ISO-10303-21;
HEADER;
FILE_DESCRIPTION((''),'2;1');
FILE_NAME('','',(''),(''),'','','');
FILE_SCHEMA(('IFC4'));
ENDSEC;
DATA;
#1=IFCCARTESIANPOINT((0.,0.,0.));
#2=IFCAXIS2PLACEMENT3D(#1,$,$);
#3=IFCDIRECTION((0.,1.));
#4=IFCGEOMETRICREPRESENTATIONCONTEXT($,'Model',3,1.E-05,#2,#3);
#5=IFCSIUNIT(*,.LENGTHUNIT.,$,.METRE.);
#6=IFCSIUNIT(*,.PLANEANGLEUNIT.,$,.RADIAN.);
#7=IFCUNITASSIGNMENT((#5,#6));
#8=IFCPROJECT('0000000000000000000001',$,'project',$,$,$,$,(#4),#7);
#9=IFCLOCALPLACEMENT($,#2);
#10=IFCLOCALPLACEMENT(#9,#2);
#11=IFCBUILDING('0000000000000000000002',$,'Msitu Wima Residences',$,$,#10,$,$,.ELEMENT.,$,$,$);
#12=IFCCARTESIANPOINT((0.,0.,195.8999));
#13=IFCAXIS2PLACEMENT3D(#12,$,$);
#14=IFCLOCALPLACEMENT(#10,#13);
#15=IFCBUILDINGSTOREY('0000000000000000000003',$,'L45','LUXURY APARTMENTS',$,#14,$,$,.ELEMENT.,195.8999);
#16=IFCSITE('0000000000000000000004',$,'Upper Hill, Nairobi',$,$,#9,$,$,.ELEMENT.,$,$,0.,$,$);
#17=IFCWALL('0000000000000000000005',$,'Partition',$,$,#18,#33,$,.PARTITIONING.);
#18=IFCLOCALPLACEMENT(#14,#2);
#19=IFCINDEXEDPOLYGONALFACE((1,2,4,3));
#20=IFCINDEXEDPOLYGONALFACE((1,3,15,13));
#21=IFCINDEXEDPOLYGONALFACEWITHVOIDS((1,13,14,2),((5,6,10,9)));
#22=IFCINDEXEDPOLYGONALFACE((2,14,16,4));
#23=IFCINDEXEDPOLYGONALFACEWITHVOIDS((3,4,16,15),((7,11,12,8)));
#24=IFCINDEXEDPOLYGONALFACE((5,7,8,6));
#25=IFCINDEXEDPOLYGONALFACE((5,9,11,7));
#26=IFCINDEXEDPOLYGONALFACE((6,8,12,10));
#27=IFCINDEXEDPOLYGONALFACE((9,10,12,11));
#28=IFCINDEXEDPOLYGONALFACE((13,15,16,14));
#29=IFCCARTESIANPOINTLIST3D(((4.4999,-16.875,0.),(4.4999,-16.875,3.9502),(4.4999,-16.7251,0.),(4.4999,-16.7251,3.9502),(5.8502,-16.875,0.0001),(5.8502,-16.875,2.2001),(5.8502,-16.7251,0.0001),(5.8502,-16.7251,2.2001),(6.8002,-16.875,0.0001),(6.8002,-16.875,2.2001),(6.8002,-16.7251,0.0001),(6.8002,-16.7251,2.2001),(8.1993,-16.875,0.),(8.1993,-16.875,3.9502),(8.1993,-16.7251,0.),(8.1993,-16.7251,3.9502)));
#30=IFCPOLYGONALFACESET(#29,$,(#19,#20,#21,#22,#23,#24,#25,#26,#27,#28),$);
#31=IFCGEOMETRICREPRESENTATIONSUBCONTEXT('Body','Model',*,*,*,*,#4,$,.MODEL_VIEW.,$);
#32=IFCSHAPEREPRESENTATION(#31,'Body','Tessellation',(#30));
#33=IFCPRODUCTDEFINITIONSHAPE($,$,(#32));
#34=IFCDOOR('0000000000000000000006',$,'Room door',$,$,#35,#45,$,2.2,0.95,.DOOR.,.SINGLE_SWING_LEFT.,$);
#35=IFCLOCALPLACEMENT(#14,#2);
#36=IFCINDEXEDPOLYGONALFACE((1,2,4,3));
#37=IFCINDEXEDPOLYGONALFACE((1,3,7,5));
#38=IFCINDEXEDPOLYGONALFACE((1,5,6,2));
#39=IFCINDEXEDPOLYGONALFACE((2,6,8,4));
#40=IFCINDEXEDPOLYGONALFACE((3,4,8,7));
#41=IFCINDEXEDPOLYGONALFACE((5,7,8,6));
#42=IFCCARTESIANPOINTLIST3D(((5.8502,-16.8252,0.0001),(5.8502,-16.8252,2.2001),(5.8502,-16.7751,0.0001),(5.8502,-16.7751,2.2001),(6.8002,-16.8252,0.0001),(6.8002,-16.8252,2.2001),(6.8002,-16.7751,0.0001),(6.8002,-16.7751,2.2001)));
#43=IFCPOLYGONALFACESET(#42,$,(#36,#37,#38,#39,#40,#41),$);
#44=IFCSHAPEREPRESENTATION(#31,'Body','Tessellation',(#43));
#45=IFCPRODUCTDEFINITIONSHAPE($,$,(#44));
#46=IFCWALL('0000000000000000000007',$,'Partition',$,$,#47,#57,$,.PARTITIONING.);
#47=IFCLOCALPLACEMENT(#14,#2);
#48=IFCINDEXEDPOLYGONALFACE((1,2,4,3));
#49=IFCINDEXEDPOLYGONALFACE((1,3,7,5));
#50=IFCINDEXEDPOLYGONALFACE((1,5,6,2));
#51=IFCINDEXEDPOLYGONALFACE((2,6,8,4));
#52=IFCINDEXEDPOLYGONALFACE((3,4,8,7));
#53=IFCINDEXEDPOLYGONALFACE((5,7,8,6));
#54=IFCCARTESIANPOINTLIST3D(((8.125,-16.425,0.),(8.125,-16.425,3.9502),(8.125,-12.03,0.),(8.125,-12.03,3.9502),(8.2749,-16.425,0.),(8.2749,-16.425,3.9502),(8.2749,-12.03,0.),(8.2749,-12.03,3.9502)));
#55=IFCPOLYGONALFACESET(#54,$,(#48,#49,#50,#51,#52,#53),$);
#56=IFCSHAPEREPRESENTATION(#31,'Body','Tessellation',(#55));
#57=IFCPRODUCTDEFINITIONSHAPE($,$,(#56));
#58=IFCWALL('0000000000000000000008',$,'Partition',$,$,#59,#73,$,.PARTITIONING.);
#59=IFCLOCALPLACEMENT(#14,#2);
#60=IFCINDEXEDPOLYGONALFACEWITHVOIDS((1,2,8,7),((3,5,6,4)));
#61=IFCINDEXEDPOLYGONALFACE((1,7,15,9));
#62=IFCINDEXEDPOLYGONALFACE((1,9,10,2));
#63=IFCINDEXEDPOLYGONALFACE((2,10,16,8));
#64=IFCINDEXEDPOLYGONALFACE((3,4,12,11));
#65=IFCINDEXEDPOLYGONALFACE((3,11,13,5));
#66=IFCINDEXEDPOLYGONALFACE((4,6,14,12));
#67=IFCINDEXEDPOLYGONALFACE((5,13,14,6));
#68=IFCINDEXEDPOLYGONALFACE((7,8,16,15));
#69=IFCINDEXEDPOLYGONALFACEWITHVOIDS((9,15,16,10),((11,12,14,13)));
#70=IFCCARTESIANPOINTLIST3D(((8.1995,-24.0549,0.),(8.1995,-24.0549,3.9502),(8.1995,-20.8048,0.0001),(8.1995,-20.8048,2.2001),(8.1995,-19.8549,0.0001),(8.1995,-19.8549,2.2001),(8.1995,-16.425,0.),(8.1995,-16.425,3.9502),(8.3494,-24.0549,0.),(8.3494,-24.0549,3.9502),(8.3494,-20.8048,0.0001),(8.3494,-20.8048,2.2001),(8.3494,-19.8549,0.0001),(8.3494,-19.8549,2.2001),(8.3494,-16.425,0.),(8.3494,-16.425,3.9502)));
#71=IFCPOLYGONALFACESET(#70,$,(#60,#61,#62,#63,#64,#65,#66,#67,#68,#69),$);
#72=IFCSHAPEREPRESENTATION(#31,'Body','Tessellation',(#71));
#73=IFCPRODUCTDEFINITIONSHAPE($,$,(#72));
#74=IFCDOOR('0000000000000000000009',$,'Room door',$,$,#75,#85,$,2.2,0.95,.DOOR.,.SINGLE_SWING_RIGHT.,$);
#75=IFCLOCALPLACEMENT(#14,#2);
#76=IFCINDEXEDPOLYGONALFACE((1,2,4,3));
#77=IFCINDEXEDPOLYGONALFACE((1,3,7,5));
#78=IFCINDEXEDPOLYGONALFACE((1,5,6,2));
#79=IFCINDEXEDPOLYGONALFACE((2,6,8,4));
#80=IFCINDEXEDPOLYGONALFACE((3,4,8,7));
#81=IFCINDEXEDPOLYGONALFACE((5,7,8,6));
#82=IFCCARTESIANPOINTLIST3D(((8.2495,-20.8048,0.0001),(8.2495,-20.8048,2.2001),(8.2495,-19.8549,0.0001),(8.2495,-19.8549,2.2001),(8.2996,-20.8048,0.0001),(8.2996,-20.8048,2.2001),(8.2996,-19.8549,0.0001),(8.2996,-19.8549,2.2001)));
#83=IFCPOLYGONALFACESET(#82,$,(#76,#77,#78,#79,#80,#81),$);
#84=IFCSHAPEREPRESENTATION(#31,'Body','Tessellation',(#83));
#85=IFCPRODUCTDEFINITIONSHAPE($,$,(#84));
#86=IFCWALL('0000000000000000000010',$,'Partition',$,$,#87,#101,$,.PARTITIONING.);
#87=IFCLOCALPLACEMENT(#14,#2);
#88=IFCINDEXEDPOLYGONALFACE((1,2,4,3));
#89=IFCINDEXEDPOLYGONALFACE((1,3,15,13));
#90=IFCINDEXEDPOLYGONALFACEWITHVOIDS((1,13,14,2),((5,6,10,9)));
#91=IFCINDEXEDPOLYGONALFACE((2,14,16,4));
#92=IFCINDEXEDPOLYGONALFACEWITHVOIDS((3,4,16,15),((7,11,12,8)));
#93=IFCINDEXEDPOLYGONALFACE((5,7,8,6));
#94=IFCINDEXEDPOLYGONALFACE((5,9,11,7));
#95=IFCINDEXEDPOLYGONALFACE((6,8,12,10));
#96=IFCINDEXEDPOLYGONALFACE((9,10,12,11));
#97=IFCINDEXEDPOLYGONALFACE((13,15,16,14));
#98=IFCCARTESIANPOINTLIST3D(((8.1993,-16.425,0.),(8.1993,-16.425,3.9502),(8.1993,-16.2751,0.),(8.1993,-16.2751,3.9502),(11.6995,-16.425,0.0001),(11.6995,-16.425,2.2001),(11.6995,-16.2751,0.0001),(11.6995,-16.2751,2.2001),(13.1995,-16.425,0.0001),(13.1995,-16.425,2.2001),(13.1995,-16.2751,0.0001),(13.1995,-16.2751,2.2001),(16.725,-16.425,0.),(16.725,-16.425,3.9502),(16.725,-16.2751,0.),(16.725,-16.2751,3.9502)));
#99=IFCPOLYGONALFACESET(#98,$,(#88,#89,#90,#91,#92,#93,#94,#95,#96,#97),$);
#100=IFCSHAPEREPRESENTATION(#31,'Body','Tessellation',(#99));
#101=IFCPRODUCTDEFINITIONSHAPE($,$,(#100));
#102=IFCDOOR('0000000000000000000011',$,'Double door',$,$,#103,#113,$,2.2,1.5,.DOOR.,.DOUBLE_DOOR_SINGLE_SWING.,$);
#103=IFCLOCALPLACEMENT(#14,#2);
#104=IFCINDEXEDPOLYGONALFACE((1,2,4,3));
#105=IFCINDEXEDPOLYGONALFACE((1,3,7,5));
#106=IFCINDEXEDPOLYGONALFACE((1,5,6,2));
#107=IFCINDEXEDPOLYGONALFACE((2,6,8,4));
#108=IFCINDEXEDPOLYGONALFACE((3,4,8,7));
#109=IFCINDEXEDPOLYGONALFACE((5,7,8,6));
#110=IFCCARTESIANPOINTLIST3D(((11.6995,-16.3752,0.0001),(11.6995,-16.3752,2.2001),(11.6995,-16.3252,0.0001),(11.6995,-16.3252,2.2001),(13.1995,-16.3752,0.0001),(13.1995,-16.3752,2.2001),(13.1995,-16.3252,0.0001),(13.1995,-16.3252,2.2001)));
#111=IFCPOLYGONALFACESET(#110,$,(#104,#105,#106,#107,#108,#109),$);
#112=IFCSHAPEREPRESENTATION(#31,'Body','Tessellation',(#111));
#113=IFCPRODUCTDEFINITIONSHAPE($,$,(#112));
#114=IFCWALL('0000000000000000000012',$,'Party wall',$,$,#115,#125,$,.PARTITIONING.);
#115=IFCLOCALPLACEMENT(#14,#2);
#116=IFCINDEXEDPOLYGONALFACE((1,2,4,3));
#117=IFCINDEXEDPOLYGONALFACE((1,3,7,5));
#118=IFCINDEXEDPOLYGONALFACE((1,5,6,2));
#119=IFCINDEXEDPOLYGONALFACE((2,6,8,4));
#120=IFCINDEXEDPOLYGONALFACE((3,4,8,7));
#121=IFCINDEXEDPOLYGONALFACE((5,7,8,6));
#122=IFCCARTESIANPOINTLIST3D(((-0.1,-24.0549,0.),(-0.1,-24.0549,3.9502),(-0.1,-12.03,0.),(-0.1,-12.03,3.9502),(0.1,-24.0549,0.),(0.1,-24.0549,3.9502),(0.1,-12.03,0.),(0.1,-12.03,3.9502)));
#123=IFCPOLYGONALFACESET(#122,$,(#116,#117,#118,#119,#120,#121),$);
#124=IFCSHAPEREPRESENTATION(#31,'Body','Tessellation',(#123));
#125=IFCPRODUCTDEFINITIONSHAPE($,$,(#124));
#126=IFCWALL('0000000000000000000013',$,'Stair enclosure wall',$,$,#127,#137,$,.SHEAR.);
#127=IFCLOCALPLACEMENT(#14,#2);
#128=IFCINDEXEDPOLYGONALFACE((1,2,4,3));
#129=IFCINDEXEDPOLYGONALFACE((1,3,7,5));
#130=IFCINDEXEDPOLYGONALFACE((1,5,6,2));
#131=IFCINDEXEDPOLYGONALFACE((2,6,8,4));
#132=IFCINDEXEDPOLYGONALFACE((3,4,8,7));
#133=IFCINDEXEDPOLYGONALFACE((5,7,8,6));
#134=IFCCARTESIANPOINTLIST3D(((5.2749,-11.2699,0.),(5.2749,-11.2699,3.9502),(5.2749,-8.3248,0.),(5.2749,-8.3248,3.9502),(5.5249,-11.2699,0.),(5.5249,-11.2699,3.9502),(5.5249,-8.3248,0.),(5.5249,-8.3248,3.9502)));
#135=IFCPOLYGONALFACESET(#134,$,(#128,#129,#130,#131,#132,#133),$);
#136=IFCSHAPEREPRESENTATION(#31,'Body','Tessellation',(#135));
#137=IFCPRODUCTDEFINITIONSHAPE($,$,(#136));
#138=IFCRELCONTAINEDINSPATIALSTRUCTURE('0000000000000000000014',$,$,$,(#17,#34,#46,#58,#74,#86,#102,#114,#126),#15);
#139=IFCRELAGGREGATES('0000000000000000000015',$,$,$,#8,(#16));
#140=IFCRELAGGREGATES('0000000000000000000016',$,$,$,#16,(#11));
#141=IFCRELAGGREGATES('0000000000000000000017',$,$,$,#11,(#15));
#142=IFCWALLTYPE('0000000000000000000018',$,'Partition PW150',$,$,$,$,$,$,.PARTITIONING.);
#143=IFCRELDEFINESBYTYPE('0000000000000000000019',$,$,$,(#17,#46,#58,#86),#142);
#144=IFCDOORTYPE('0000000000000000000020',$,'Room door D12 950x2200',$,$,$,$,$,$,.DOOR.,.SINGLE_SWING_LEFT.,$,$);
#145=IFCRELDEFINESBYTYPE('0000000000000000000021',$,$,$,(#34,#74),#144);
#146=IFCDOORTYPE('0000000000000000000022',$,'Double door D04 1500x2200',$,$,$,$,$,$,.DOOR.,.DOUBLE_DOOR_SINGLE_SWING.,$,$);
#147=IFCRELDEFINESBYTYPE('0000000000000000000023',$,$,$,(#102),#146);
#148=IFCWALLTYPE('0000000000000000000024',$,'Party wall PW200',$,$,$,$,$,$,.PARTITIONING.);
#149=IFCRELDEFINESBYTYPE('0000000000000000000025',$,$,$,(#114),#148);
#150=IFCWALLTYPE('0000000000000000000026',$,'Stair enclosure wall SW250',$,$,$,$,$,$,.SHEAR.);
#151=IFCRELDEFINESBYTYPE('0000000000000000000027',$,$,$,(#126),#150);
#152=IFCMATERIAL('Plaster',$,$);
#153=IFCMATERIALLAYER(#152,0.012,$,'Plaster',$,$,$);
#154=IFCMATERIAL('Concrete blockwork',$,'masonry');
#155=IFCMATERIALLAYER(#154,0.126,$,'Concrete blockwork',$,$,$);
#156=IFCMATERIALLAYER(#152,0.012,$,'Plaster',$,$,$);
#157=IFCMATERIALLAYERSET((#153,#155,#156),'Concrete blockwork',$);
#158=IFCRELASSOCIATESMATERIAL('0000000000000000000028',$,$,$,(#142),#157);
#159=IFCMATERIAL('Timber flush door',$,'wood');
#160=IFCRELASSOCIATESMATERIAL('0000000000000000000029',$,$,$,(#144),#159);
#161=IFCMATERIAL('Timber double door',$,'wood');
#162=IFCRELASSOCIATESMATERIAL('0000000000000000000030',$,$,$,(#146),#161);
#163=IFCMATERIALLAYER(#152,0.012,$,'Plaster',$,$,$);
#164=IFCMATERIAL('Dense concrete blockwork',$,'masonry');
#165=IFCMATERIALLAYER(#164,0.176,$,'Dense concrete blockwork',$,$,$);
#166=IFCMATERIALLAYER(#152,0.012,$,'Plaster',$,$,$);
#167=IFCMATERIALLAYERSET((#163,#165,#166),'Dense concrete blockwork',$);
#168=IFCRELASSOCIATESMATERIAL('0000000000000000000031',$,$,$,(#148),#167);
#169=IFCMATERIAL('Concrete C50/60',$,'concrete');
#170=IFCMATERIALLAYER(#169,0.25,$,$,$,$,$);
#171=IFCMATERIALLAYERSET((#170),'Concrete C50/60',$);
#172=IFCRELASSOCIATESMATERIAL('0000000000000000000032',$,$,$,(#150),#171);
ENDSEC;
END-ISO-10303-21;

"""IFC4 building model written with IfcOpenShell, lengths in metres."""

from ifc_helpers import new_model, si_unit, direction, frame, frame_2d, origin, place, context, subcontext, project, spatial, rectangle, extrude, material, layer, layer_set, type_object, element, fill, save


model = new_model("IFC4")

# Units and contexts
model_context = context("Model", 3, precision=1e-05, world=origin(), true_north=direction((0.0, 1.0)))
body_context = subcontext(model_context, "Body", "Model", "MODEL_VIEW")
ifc_project = project(units=[si_unit("LENGTHUNIT", "METRE"), si_unit("PLANEANGLEUNIT", "RADIAN")], contexts=[model_context])

# Site, building, storey
site_placement = place(None, origin())
site = spatial("IfcSite", under=ifc_project, at=site_placement, Name="Upper Hill, Nairobi", CompositionType="ELEMENT", RefElevation=0.0)
building_placement = place(site_placement, origin())
building = spatial("IfcBuilding", under=site, at=building_placement, Name="Msitu Wima Residences", CompositionType="ELEMENT")
storey_placement = place(building_placement, frame((0.0, 0.0, 195.8999)))
storey = spatial("IfcBuildingStorey", under=building, at=storey_placement, Name="L45", Description="LUXURY APARTMENTS", CompositionType="ELEMENT", Elevation=195.8999)

# Shared definitions
ifc_material_1 = material(Name="Concrete C50/60", Category="concrete")

# Shared definitions
ifc_material_2 = material(Name="Plaster")
ifc_layer_1 = layer(ifc_material_2, 0.012, Name="Plaster")
ifc_material_3 = material(Name="Concrete blockwork", Category="masonry")
ifc_layer_2 = layer(ifc_material_3, 0.126, Name="Concrete blockwork")
ifc_layer_3 = layer(ifc_material_2, 0.012, Name="Plaster")
ifc_layer_set_1 = layer_set([ifc_layer_1, ifc_layer_2, ifc_layer_3], Name="Concrete blockwork")
wall_type_1 = type_object("IfcWallType", Name="Partition PW150", PredefinedType="PARTITIONING", material=ifc_layer_set_1)

# Wall, opening, door
wall_1_placement = place(storey_placement, frame((4.5, -16.8, 0.0), z_axis=(0.0, 0.0, 1.0), x_axis=(1.0, 0.0, 0.0)))
wall_1 = element("IfcWall", 1, at=wall_1_placement, inside=storey, type_object=wall_type_1, Name="Partition", PredefinedType="PARTITIONING", context=body_context, shape_type="SweptSolid", body=[
    extrude(rectangle(XDim=3.6995, YDim=0.1499, at=frame_2d((1.8496, 0.0))), origin(), (0.0, 0.0, 1.0), 3.9502),
])
opening_1_placement = place(wall_1_placement, frame((1.3501, 0.0, 0.0)))
opening_1 = element("IfcOpeningElement", 2, at=opening_1_placement, cuts=wall_1, PredefinedType="OPENING", context=body_context, shape_type="SweptSolid", body=[
    extrude(rectangle(XDim=0.95, YDim=2.2, at=frame_2d((0.4751, 1.1001))), frame((0.0, 0.085, 0.0), z_axis=(0.0, -1.0, 0.0), x_axis=(1.0, 0.0, 0.0)), (0.0, 0.0, 1.0), 0.1699),
])
ifc_material_4 = material(Name="Timber flush door", Category="wood")
door_type_1 = type_object("IfcDoorType", Name="Room door D12 950x2200", OperationType="SINGLE_SWING_LEFT", PredefinedType="DOOR", material=ifc_material_4)
door_1_placement = place(opening_1_placement, origin())
door_1 = element("IfcDoor", 3, at=door_1_placement, inside=storey, type_object=door_type_1, Name="Room door", OperationType="SINGLE_SWING_LEFT", OverallHeight=2.2, OverallWidth=0.95, PredefinedType="DOOR", context=body_context, shape_type="SweptSolid", body=[
    extrude(rectangle(XDim=0.95, YDim=2.2, at=frame_2d((0.4751, 1.1001))), frame((0.0, 0.0249, 0.0), z_axis=(0.0, -1.0, 0.0), x_axis=(1.0, 0.0, 0.0)), (0.0, 0.0, 1.0), 0.05),
])
fill(opening_1, door_1)

# Wall
wall_2_placement = place(storey_placement, frame((8.2, -16.425, 0.0), z_axis=(0.0, 0.0, 1.0), x_axis=(0.0, 1.0, 0.0)))
element("IfcWall", 4, at=wall_2_placement, inside=storey, type_object=wall_type_1, Name="Partition", PredefinedType="PARTITIONING", context=body_context, shape_type="SweptSolid", body=[
    extrude(rectangle(XDim=4.395, YDim=0.1499, at=frame_2d((2.1975, 0.0))), origin(), (0.0, 0.0, 1.0), 3.9502),
])

# Walls, openings, doors
wall_3_placement = place(storey_placement, frame((8.2744, -24.0549, 0.0), z_axis=(0.0, 0.0, 1.0), x_axis=(0.0, 1.0, 0.0)))
wall_3 = element("IfcWall", 5, at=wall_3_placement, inside=storey, type_object=wall_type_1, Name="Partition", PredefinedType="PARTITIONING", context=body_context, shape_type="SweptSolid", body=[
    extrude(rectangle(XDim=7.6299, YDim=0.1499, at=frame_2d((3.8149, 0.0))), origin(), (0.0, 0.0, 1.0), 3.9502),
])
opening_2_placement = place(wall_3_placement, frame((3.25, 0.0, 0.0)))
opening_2 = element("IfcOpeningElement", 6, at=opening_2_placement, cuts=wall_3, PredefinedType="OPENING", context=body_context, shape_type="SweptSolid", body=[
    extrude(rectangle(XDim=0.95, YDim=2.2, at=frame_2d((0.4751, 1.1001))), frame((0.0, 0.085, 0.0), z_axis=(0.0, -1.0, 0.0), x_axis=(1.0, 0.0, 0.0)), (0.0, 0.0, 1.0), 0.1699),
])
door_2_placement = place(opening_2_placement, origin())
door_2 = element("IfcDoor", 7, at=door_2_placement, inside=storey, type_object=door_type_1, Name="Room door", OperationType="SINGLE_SWING_RIGHT", OverallHeight=2.2, OverallWidth=0.95, PredefinedType="DOOR", context=body_context, shape_type="SweptSolid", body=[
    extrude(rectangle(XDim=0.95, YDim=2.2, at=frame_2d((0.4751, 1.1001))), frame((0.0, 0.0249, 0.0), z_axis=(0.0, -1.0, 0.0), x_axis=(1.0, 0.0, 0.0)), (0.0, 0.0, 1.0), 0.05),
])
fill(opening_2, door_2)
wall_4_placement = place(storey_placement, frame((8.1995, -16.3501, 0.0), z_axis=(0.0, 0.0, 1.0), x_axis=(1.0, 0.0, 0.0)))
wall_4 = element("IfcWall", 8, at=wall_4_placement, inside=storey, type_object=wall_type_1, Name="Partition", PredefinedType="PARTITIONING", context=body_context, shape_type="SweptSolid", body=[
    extrude(rectangle(XDim=8.5256, YDim=0.1499, at=frame_2d((4.2627, 0.0))), origin(), (0.0, 0.0, 1.0), 3.9502),
])
opening_3_placement = place(wall_4_placement, frame((3.5, 0.0, 0.0)))
opening_3 = element("IfcOpeningElement", 9, at=opening_3_placement, cuts=wall_4, PredefinedType="OPENING", context=body_context, shape_type="SweptSolid", body=[
    extrude(rectangle(XDim=1.5, YDim=2.2, at=frame_2d((0.75, 1.1001))), frame((0.0, 0.085, 0.0), z_axis=(0.0, -1.0, 0.0), x_axis=(1.0, 0.0, 0.0)), (0.0, 0.0, 1.0), 0.1699),
])
ifc_material_5 = material(Name="Timber double door", Category="wood")
door_type_2 = type_object("IfcDoorType", Name="Double door D04 1500x2200", OperationType="DOUBLE_DOOR_SINGLE_SWING", PredefinedType="DOOR", material=ifc_material_5)
door_3_placement = place(opening_3_placement, origin())
door_3 = element("IfcDoor", 10, at=door_3_placement, inside=storey, type_object=door_type_2, Name="Double door", OperationType="DOUBLE_DOOR_SINGLE_SWING", OverallHeight=2.2, OverallWidth=1.5, PredefinedType="DOOR", context=body_context, shape_type="SweptSolid", body=[
    extrude(rectangle(XDim=1.5, YDim=2.2, at=frame_2d((0.75, 1.1001))), frame((0.0, 0.0249, 0.0), z_axis=(0.0, -1.0, 0.0), x_axis=(1.0, 0.0, 0.0)), (0.0, 0.0, 1.0), 0.05),
])
fill(opening_3, door_3)

# Walls
ifc_layer_4 = layer(ifc_material_2, 0.012, Name="Plaster")
ifc_material_6 = material(Name="Dense concrete blockwork", Category="masonry")
ifc_layer_5 = layer(ifc_material_6, 0.176, Name="Dense concrete blockwork")
ifc_layer_6 = layer(ifc_material_2, 0.012, Name="Plaster")
ifc_layer_set_2 = layer_set([ifc_layer_4, ifc_layer_5, ifc_layer_6], Name="Dense concrete blockwork")
wall_type_2 = type_object("IfcWallType", Name="Party wall PW200", PredefinedType="PARTITIONING", material=ifc_layer_set_2)
wall_5_placement = place(storey_placement, frame((0.0, -24.0549, 0.0), z_axis=(0.0, 0.0, 1.0), x_axis=(0.0, 1.0, 0.0)))
element("IfcWall", 11, at=wall_5_placement, inside=storey, type_object=wall_type_2, Name="Party wall", PredefinedType="PARTITIONING", context=body_context, shape_type="SweptSolid", body=[
    extrude(rectangle(XDim=12.0249, YDim=0.2, at=frame_2d((6.0125, 0.0))), origin(), (0.0, 0.0, 1.0), 3.9502),
])
ifc_layer_7 = layer(ifc_material_1, 0.25)
ifc_layer_set_3 = layer_set([ifc_layer_7], Name="Concrete C50/60")
wall_type_3 = type_object("IfcWallType", Name="Stair enclosure wall SW250", PredefinedType="SHEAR", material=ifc_layer_set_3)
wall_6_placement = place(storey_placement, frame((5.3999, -11.27, 0.0), z_axis=(0.0, 0.0, 1.0), x_axis=(0.0, 1.0, 0.0)))
element("IfcWall", 12, at=wall_6_placement, inside=storey, type_object=wall_type_3, Name="Stair enclosure wall", PredefinedType="SHEAR", context=body_context, shape_type="SweptSolid", body=[
    extrude(rectangle(XDim=2.9451, YDim=0.25, at=frame_2d((1.4727, 0.0))), origin(), (0.0, 0.0, 1.0), 3.9502),
])

save(model, "model.ifc")
